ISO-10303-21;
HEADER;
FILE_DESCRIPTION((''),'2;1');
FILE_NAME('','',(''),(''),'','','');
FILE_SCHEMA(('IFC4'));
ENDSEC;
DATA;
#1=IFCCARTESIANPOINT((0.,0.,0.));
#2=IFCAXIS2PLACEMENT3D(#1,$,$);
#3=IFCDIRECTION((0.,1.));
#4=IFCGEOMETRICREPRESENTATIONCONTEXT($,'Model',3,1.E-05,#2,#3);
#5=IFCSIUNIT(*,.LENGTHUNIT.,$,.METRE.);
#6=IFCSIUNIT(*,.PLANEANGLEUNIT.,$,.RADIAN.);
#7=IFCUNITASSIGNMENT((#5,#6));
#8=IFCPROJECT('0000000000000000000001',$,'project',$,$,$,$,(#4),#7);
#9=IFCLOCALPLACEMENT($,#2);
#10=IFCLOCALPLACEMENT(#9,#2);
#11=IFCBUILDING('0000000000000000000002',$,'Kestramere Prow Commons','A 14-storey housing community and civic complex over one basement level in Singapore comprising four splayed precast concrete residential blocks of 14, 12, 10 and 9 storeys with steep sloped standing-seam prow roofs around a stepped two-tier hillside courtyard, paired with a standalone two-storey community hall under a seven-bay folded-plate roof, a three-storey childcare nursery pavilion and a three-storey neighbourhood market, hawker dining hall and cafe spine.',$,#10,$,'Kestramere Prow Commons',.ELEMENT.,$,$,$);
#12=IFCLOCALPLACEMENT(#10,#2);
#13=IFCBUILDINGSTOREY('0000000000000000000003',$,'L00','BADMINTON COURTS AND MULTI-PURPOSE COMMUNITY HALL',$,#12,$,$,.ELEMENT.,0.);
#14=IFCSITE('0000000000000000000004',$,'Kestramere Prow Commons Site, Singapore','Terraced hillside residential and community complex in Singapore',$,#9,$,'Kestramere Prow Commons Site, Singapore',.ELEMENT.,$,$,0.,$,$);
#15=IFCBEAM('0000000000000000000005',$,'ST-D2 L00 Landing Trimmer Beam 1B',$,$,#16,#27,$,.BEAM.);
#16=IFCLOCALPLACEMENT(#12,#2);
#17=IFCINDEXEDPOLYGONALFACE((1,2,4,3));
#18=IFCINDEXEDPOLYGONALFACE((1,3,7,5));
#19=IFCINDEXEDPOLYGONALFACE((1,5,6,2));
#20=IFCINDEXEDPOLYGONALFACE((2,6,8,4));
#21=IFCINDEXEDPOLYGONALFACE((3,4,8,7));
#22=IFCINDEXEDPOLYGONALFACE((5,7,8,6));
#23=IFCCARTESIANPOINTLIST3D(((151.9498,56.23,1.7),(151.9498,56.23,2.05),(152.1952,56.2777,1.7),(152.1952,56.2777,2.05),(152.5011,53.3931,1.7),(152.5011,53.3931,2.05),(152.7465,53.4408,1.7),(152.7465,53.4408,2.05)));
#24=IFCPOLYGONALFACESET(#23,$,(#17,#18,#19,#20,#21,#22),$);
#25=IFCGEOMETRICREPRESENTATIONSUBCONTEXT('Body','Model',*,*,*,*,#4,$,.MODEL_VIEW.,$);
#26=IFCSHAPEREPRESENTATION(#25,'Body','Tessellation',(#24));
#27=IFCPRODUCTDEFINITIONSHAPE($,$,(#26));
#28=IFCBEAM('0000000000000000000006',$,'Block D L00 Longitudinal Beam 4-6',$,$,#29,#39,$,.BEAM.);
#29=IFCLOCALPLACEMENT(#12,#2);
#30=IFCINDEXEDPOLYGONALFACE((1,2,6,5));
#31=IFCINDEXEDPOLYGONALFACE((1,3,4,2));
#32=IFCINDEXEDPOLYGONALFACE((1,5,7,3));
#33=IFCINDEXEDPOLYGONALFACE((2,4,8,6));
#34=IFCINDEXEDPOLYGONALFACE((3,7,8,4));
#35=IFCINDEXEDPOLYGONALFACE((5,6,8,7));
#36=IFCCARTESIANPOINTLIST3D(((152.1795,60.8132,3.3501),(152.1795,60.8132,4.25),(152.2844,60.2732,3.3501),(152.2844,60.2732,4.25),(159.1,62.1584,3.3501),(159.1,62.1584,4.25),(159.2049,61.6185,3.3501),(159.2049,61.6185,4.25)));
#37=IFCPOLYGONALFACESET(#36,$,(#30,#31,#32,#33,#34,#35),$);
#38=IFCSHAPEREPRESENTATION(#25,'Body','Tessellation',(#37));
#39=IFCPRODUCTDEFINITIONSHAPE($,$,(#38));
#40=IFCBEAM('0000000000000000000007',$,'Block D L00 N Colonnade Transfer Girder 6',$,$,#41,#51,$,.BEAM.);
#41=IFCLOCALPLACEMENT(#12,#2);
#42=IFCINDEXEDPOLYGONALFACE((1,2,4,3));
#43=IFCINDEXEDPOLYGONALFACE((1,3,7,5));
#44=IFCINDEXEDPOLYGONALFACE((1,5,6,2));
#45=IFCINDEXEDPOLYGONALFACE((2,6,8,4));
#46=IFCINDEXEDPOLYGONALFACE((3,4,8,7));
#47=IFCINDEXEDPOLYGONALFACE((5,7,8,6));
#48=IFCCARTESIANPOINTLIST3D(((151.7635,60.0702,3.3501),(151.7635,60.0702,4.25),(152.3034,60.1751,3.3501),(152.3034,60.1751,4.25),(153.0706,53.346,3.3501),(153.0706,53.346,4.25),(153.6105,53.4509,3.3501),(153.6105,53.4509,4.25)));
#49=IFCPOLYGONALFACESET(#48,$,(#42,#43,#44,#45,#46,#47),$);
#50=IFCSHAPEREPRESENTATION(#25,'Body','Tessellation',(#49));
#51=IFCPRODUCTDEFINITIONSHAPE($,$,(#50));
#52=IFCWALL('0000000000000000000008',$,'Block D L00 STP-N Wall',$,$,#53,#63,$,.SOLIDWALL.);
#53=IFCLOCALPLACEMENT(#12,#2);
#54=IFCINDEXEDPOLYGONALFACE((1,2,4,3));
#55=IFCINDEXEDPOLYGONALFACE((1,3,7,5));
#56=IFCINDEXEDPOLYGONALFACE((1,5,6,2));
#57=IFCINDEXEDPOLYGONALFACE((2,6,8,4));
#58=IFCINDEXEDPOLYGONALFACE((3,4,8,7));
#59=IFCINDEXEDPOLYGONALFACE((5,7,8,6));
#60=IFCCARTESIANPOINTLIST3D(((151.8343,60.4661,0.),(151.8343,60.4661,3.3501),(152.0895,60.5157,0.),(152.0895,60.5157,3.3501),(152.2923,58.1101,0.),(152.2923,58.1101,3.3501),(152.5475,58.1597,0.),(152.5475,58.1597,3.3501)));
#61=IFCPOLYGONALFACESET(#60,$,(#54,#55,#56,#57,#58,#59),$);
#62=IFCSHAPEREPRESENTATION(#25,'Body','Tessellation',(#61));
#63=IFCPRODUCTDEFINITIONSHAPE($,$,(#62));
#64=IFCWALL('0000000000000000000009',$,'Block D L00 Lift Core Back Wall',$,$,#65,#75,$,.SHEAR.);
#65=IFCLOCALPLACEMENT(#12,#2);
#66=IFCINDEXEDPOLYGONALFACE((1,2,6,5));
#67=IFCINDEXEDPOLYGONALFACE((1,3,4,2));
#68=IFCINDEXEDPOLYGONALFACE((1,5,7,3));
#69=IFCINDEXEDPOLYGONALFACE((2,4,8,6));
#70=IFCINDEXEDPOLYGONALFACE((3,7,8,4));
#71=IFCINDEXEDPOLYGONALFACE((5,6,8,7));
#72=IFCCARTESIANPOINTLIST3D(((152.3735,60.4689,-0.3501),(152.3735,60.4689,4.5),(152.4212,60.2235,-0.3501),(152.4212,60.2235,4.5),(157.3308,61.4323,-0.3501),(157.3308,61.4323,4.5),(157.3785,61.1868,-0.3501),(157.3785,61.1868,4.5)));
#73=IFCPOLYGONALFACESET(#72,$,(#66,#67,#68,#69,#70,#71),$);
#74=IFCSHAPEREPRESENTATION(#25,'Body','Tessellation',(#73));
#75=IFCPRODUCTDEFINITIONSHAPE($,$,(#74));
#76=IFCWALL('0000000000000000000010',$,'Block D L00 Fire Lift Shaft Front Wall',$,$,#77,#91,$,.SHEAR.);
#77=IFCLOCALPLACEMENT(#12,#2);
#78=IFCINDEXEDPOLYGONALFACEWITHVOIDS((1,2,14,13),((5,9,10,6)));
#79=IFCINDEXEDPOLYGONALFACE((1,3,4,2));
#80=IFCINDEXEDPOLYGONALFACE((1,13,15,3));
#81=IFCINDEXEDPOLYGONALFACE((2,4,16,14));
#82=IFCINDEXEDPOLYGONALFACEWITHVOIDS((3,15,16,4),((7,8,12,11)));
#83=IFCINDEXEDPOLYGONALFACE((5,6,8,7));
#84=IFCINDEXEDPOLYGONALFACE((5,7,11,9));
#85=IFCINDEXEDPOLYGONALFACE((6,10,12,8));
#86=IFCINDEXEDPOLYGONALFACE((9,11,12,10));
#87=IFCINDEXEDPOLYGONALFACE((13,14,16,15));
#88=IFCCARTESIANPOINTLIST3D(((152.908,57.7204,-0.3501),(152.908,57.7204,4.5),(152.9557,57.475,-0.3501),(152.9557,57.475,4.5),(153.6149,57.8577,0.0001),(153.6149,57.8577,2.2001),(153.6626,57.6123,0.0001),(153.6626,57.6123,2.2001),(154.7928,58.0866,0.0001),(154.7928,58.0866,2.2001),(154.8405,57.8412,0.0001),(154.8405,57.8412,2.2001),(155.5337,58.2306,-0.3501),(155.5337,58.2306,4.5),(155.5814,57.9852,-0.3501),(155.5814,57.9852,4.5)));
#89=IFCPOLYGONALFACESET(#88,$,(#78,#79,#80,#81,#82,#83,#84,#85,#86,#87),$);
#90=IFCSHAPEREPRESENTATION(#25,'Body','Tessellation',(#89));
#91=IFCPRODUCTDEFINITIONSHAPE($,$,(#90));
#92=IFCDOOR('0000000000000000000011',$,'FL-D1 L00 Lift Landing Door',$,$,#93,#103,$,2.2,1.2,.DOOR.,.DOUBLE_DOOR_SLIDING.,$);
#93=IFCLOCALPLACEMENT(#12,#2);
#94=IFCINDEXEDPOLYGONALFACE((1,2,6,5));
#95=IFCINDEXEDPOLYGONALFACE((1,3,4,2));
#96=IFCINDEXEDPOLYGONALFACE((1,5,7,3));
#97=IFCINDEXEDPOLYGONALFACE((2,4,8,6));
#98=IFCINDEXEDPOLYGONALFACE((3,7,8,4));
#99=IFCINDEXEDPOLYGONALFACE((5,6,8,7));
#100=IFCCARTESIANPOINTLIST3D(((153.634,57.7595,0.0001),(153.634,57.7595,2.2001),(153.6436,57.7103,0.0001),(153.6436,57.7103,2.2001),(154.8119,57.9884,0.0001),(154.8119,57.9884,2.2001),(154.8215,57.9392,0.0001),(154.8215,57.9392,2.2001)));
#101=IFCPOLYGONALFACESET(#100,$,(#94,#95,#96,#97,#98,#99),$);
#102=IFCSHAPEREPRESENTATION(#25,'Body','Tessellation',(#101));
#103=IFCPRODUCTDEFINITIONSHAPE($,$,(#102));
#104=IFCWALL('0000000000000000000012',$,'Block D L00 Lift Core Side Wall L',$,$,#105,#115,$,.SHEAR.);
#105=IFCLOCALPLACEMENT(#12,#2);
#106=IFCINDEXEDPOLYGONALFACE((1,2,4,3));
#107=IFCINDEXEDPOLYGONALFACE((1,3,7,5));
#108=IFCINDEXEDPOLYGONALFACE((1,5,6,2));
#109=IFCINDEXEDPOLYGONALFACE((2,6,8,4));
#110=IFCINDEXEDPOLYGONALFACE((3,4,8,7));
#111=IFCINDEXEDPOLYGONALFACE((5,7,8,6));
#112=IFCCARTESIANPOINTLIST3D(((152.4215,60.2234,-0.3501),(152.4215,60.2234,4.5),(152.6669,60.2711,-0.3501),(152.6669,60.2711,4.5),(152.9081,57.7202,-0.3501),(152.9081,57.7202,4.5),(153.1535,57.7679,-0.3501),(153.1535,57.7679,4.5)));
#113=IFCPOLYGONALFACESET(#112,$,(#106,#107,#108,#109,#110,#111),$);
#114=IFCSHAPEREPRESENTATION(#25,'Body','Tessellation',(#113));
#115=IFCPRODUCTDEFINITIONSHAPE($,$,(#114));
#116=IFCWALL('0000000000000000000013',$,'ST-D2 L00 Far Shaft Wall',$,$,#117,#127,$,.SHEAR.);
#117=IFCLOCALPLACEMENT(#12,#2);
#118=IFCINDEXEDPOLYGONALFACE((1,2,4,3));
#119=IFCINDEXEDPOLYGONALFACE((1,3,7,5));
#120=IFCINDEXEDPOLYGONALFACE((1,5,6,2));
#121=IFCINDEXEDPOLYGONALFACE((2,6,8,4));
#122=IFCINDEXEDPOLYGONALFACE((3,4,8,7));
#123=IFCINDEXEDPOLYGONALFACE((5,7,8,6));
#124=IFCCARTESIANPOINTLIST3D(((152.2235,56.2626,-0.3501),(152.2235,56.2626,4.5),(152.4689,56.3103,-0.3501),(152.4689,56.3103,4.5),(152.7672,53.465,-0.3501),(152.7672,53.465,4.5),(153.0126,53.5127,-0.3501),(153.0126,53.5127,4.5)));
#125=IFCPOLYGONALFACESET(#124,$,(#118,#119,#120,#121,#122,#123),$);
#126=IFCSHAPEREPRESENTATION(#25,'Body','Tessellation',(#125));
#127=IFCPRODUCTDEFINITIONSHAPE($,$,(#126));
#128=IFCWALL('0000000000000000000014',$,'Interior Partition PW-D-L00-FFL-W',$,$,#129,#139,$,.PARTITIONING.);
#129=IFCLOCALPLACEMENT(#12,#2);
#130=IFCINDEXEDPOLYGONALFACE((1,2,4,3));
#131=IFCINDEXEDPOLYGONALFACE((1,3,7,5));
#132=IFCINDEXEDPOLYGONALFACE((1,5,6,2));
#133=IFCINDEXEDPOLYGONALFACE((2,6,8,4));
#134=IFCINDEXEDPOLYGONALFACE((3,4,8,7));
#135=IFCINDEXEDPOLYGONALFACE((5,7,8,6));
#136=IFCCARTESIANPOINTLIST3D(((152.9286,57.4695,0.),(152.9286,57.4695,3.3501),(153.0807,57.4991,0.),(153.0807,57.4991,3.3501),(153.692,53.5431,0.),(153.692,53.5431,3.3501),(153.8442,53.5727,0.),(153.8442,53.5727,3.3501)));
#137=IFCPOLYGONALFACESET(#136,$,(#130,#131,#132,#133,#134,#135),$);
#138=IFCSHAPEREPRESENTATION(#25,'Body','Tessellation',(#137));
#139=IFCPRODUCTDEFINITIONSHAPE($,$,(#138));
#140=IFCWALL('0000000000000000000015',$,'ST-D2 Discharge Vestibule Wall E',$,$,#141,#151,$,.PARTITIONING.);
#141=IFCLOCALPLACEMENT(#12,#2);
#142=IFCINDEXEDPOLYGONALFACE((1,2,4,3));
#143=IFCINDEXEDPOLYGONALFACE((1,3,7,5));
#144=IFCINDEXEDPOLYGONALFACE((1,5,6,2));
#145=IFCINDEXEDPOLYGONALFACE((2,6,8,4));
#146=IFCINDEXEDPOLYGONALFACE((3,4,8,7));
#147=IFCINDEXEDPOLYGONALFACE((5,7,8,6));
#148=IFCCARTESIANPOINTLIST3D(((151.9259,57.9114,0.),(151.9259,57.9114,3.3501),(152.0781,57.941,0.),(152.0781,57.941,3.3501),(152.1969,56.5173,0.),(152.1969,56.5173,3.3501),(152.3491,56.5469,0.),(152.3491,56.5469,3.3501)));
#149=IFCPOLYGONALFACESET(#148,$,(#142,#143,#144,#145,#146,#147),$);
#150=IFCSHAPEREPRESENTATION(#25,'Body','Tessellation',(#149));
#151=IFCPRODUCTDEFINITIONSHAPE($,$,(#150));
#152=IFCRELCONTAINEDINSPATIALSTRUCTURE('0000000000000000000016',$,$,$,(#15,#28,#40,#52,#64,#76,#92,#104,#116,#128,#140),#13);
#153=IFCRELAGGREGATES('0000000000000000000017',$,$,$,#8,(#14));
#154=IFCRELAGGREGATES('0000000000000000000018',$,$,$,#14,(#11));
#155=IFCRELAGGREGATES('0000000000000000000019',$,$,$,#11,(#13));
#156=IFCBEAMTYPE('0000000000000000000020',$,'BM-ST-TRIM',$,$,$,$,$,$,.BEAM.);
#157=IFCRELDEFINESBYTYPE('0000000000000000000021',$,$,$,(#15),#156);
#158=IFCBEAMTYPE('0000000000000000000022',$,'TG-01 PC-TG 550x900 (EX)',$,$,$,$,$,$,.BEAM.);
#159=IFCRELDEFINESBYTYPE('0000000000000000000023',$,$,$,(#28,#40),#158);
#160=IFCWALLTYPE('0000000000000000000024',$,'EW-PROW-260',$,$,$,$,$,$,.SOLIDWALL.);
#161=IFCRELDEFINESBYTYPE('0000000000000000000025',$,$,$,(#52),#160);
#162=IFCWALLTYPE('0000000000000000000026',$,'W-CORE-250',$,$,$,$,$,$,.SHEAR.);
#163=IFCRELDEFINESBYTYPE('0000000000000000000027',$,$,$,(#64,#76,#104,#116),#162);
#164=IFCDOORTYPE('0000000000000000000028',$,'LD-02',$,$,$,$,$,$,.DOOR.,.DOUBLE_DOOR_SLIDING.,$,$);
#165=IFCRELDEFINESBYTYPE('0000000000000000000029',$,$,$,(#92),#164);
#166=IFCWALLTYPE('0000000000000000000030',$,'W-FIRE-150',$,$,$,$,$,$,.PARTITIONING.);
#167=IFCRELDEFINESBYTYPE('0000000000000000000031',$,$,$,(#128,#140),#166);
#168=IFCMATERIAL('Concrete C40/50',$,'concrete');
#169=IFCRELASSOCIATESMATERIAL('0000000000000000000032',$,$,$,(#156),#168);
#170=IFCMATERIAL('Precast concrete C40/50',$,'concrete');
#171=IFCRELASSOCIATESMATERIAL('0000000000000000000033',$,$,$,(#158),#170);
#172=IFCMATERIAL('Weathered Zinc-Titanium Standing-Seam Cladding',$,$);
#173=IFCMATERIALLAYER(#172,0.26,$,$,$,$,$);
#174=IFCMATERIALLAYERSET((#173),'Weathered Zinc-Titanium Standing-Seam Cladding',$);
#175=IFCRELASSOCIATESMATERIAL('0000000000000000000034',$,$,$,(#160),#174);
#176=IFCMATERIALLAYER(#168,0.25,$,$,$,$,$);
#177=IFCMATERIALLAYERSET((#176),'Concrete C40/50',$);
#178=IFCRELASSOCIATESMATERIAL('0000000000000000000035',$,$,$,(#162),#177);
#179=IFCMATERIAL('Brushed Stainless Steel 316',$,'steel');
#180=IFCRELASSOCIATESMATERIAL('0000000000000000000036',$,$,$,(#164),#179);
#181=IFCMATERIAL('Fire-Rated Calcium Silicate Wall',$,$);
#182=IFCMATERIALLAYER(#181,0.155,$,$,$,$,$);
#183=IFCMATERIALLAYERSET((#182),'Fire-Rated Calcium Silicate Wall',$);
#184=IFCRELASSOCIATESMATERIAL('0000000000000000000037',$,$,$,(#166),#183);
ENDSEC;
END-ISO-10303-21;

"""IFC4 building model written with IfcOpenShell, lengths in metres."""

from ifc_helpers import new_model, si_unit, direction, frame, frame_2d, origin, origin_2d, place, context, subcontext, project, spatial, rectangle, extrude, material, layer, layer_set, material_profile, profile_set, type_object, element, fill, save


model = new_model("IFC4")

# Units and contexts
model_context = context("Model", 3, precision=1e-05, world=origin(), true_north=direction((0.0, 1.0)))
body_context = subcontext(model_context, "Body", "Model", "MODEL_VIEW")
ifc_project = project(units=[si_unit("LENGTHUNIT", "METRE"), si_unit("PLANEANGLEUNIT", "RADIAN")], contexts=[model_context])

# Site, building, storey
site_placement = place(None, origin())
site = spatial("IfcSite", under=ifc_project, at=site_placement, Name="Kestramere Prow Commons Site, Singapore", Description="Terraced hillside residential and community complex in Singapore", LongName="Kestramere Prow Commons Site, Singapore", CompositionType="ELEMENT", RefElevation=0.0)
building_placement = place(site_placement, origin())
building = spatial("IfcBuilding", under=site, at=building_placement, Name="Kestramere Prow Commons", Description="A 14-storey housing community and civic complex over one basement level in Singapore comprising four splayed precast concrete residential blocks of 14, 12, 10 and 9 storeys with steep sloped standing-seam prow roofs around a stepped two-tier hillside courtyard, paired with a standalone two-storey community hall under a seven-bay folded-plate roof, a three-storey childcare nursery pavilion and a three-storey neighbourhood market, hawker dining hall and cafe spine.", LongName="Kestramere Prow Commons", CompositionType="ELEMENT")
storey_placement = place(building_placement, origin())
storey = spatial("IfcBuildingStorey", under=building, at=storey_placement, Name="L00", Description="BADMINTON COURTS AND MULTI-PURPOSE COMMUNITY HALL", CompositionType="ELEMENT", Elevation=0.0)

# Shared definitions
ifc_material_1 = material(Name="Precast concrete C40/50", Category="concrete")

# Beams
ifc_material_2 = material(Name="Concrete C40/50", Category="concrete")
ifc_material_profile_1 = material_profile(ifc_material_2, rectangle(XDim=0.25, YDim=0.3501, at=origin_2d()), Name="PC-BM 250x350")
ifc_profile_set_1 = profile_set([ifc_material_profile_1], Name="Concrete C40/50")
beam_type_1 = type_object("IfcBeamType", Name="BM-ST-TRIM", PredefinedType="BEAM", material=ifc_profile_set_1)
for number, where, z_axis, x_axis, name in (
    (1, (152.6238, 53.417, 1.875), (-0.190752, 0.981638, 0.0), (-0.981638, -0.190752, 0.0), "ST-D2 L00 Landing Trimmer Beam 1B"),
):
    element("IfcBeam", number, at=place(storey_placement, frame(where, z_axis=z_axis, x_axis=x_axis)), inside=storey, type_object=beam_type_1, Name=name, PredefinedType="BEAM", context=body_context, shape_type="SweptSolid", body=[
        extrude(rectangle(XDim=0.25, YDim=0.3501, at=origin_2d()), origin(), (0.0, 0.0, 1.0), 2.8899),
    ])
ifc_material_profile_2 = material_profile(ifc_material_1, rectangle(XDim=0.55, YDim=0.8999, at=origin_2d()), Name="PC-TG 550x900")
ifc_profile_set_2 = profile_set([ifc_material_profile_2], Name="Precast concrete C40/50")
beam_type_2 = type_object("IfcBeamType", Name="TG-01 PC-TG 550x900 (EX)", PredefinedType="BEAM", material=ifc_profile_set_2)
beam_1_placement = place(storey_placement, frame((152.2319, 60.5432, 3.8), z_axis=(0.981627, 0.190812, 0.0), x_axis=(-0.190812, 0.981627, 0.0)))
element("IfcBeam", 2, at=beam_1_placement, inside=storey, type_object=beam_type_2, Name="Block D L00 Longitudinal Beam 4-6", PredefinedType="BEAM", context=body_context, shape_type="SweptSolid", body=[
    extrude(rectangle(XDim=0.55, YDim=0.8999, at=origin_2d()), origin(), (0.0, 0.0, 1.0), 7.05),
])
beam_2_placement = place(storey_placement, frame((153.3406, 53.3984, 3.8), z_axis=(-0.190822, 0.981625, 0.0), x_axis=(-0.981625, -0.190822, 0.0)))
element("IfcBeam", 3, at=beam_2_placement, inside=storey, type_object=beam_type_2, Name="Block D L00 N Colonnade Transfer Girder 6", PredefinedType="BEAM", context=body_context, shape_type="SweptSolid", body=[
    extrude(rectangle(XDim=0.55, YDim=0.8999, at=origin_2d()), origin(), (0.0, 0.0, 1.0), 6.8501),
])

# Wall
ifc_material_3 = material(Name="Weathered Zinc-Titanium Standing-Seam Cladding")
ifc_layer_1 = layer(ifc_material_3, 0.26)
ifc_layer_set_1 = layer_set([ifc_layer_1], Name="Weathered Zinc-Titanium Standing-Seam Cladding")
wall_type_1 = type_object("IfcWallType", Name="EW-PROW-260", PredefinedType="SOLIDWALL", material=ifc_layer_set_1)
wall_1_placement = place(storey_placement, frame((152.4199, 58.1348, 0.0), z_axis=(0.0, 0.0, 1.0), x_axis=(-0.190832, 0.981623, 0.0)))
element("IfcWall", 4, at=wall_1_placement, inside=storey, type_object=wall_type_1, Name="Block D L00 STP-N Wall", PredefinedType="SOLIDWALL", context=body_context, shape_type="SweptSolid", body=[
    extrude(rectangle(XDim=2.4001, YDim=0.26, at=frame_2d((1.2002, 0.0))), origin(), (0.0, 0.0, 1.0), 3.3501),
])

# Wall
ifc_layer_2 = layer(ifc_material_2, 0.25)
ifc_layer_set_2 = layer_set([ifc_layer_2], Name="Concrete C40/50")
wall_type_2 = type_object("IfcWallType", Name="W-CORE-250", PredefinedType="SHEAR", material=ifc_layer_set_2)
wall_2_placement = place(storey_placement, frame((152.3975, 60.3462, -0.3501), z_axis=(0.0, 0.0, 1.0), x_axis=(0.981635, 0.190767, 0.0)))
element("IfcWall", 5, at=wall_2_placement, inside=storey, type_object=wall_type_2, Name="Block D L00 Lift Core Back Wall", PredefinedType="SHEAR", context=body_context, shape_type="SweptSolid", body=[
    extrude(rectangle(XDim=5.05, YDim=0.25, at=frame_2d((2.5249, 0.0))), origin(), (0.0, 0.0, 1.0), 4.8501),
])

# Wall, opening, door
wall_3_placement = place(storey_placement, frame((152.9319, 57.5977, -0.3501), z_axis=(0.0, 0.0, 1.0), x_axis=(0.981637, 0.19076, 0.0)))
wall_3 = element("IfcWall", 6, at=wall_3_placement, inside=storey, type_object=wall_type_2, Name="Block D L00 Fire Lift Shaft Front Wall", PredefinedType="SHEAR", context=body_context, shape_type="SweptSolid", body=[
    extrude(rectangle(XDim=2.6748, YDim=0.25, at=frame_2d((1.3374, 0.0))), origin(), (0.0, 0.0, 1.0), 4.8501),
])
opening_1_placement = place(wall_3_placement, frame((0.72, 0.0, 0.3501)))
opening_1 = element("IfcOpeningElement", 7, at=opening_1_placement, cuts=wall_3, PredefinedType="OPENING", context=body_context, shape_type="SweptSolid", body=[
    extrude(rectangle(XDim=1.2, YDim=2.2, at=frame_2d((0.6001, 1.1001))), frame((0.0, 0.1399, 0.0), z_axis=(0.0, -1.0, 0.0), x_axis=(1.0, 0.0, 0.0)), (0.0, 0.0, 1.0), 0.28),
])
ifc_material_4 = material(Name="Brushed Stainless Steel 316", Category="steel")
door_type_1 = type_object("IfcDoorType", Name="LD-02", OperationType="DOUBLE_DOOR_SLIDING", PredefinedType="DOOR", material=ifc_material_4)
door_1_placement = place(opening_1_placement, origin())
door_1 = element("IfcDoor", 8, at=door_1_placement, inside=storey, type_object=door_type_1, Name="FL-D1 L00 Lift Landing Door", OperationType="DOUBLE_DOOR_SLIDING", OverallHeight=2.2, OverallWidth=1.2, PredefinedType="DOOR", context=body_context, shape_type="SweptSolid", body=[
    extrude(rectangle(XDim=1.2, YDim=2.2, at=frame_2d((0.6001, 1.1001))), frame((0.0, 0.0249, 0.0), z_axis=(0.0, -1.0, 0.0), x_axis=(1.0, 0.0, 0.0)), (0.0, 0.0, 1.0), 0.05),
])
fill(opening_1, door_1)

# Walls
wall_4_placement = place(storey_placement, frame((153.0308, 57.7441, -0.3501), z_axis=(0.0, 0.0, 1.0), x_axis=(-0.190811, 0.981627, 0.0)))
element("IfcWall", 9, at=wall_4_placement, inside=storey, type_object=wall_type_2, Name="Block D L00 Lift Core Side Wall L", PredefinedType="SHEAR", context=body_context, shape_type="SweptSolid", body=[
    extrude(rectangle(XDim=2.55, YDim=0.25, at=frame_2d((1.2749, 0.0))), origin(), (0.0, 0.0, 1.0), 4.8501),
])
wall_5_placement = place(storey_placement, frame((152.8899, 53.489, -0.3501), z_axis=(0.0, 0.0, 1.0), x_axis=(-0.190776, 0.981634, 0.0)))
element("IfcWall", 10, at=wall_5_placement, inside=storey, type_object=wall_type_2, Name="ST-D2 L00 Far Shaft Wall", PredefinedType="SHEAR", context=body_context, shape_type="SweptSolid", body=[
    extrude(rectangle(XDim=2.8499, YDim=0.25, at=frame_2d((1.4248, 0.0))), origin(), (0.0, 0.0, 1.0), 4.8501),
])

# Shared definitions
ifc_material_5 = material(Name="Fire-Rated Calcium Silicate Wall")
ifc_layer_3 = layer(ifc_material_5, 0.155)
ifc_layer_set_3 = layer_set([ifc_layer_3], Name="Fire-Rated Calcium Silicate Wall")
wall_type_3 = type_object("IfcWallType", Name="W-FIRE-150", PredefinedType="PARTITIONING", material=ifc_layer_set_3)

# Walls
wall_6_placement = place(storey_placement, frame((153.7681, 53.5579, 0.0), z_axis=(0.0, 0.0, 1.0), x_axis=(-0.190855, 0.981618, 0.0)))
element("IfcWall", 11, at=wall_6_placement, inside=storey, type_object=wall_type_3, Name="Interior Partition PW-D-L00-FFL-W", PredefinedType="PARTITIONING", context=body_context, shape_type="SweptSolid", body=[
    extrude(rectangle(XDim=4.0, YDim=0.155, at=frame_2d((2.0, 0.0))), origin(), (0.0, 0.0, 1.0), 3.3501),
])
wall_7_placement = place(storey_placement, frame((152.2729, 56.5322, 0.0), z_axis=(0.0, 0.0, 1.0), x_axis=(-0.190824, 0.981624, 0.0)))
element("IfcWall", 12, at=wall_7_placement, inside=storey, type_object=wall_type_3, Name="ST-D2 Discharge Vestibule Wall E", PredefinedType="PARTITIONING", context=body_context, shape_type="SweptSolid", body=[
    extrude(rectangle(XDim=1.4202, YDim=0.155, at=frame_2d((0.71, 0.0))), origin(), (0.0, 0.0, 1.0), 3.3501),
])

save(model, "model.ifc")
